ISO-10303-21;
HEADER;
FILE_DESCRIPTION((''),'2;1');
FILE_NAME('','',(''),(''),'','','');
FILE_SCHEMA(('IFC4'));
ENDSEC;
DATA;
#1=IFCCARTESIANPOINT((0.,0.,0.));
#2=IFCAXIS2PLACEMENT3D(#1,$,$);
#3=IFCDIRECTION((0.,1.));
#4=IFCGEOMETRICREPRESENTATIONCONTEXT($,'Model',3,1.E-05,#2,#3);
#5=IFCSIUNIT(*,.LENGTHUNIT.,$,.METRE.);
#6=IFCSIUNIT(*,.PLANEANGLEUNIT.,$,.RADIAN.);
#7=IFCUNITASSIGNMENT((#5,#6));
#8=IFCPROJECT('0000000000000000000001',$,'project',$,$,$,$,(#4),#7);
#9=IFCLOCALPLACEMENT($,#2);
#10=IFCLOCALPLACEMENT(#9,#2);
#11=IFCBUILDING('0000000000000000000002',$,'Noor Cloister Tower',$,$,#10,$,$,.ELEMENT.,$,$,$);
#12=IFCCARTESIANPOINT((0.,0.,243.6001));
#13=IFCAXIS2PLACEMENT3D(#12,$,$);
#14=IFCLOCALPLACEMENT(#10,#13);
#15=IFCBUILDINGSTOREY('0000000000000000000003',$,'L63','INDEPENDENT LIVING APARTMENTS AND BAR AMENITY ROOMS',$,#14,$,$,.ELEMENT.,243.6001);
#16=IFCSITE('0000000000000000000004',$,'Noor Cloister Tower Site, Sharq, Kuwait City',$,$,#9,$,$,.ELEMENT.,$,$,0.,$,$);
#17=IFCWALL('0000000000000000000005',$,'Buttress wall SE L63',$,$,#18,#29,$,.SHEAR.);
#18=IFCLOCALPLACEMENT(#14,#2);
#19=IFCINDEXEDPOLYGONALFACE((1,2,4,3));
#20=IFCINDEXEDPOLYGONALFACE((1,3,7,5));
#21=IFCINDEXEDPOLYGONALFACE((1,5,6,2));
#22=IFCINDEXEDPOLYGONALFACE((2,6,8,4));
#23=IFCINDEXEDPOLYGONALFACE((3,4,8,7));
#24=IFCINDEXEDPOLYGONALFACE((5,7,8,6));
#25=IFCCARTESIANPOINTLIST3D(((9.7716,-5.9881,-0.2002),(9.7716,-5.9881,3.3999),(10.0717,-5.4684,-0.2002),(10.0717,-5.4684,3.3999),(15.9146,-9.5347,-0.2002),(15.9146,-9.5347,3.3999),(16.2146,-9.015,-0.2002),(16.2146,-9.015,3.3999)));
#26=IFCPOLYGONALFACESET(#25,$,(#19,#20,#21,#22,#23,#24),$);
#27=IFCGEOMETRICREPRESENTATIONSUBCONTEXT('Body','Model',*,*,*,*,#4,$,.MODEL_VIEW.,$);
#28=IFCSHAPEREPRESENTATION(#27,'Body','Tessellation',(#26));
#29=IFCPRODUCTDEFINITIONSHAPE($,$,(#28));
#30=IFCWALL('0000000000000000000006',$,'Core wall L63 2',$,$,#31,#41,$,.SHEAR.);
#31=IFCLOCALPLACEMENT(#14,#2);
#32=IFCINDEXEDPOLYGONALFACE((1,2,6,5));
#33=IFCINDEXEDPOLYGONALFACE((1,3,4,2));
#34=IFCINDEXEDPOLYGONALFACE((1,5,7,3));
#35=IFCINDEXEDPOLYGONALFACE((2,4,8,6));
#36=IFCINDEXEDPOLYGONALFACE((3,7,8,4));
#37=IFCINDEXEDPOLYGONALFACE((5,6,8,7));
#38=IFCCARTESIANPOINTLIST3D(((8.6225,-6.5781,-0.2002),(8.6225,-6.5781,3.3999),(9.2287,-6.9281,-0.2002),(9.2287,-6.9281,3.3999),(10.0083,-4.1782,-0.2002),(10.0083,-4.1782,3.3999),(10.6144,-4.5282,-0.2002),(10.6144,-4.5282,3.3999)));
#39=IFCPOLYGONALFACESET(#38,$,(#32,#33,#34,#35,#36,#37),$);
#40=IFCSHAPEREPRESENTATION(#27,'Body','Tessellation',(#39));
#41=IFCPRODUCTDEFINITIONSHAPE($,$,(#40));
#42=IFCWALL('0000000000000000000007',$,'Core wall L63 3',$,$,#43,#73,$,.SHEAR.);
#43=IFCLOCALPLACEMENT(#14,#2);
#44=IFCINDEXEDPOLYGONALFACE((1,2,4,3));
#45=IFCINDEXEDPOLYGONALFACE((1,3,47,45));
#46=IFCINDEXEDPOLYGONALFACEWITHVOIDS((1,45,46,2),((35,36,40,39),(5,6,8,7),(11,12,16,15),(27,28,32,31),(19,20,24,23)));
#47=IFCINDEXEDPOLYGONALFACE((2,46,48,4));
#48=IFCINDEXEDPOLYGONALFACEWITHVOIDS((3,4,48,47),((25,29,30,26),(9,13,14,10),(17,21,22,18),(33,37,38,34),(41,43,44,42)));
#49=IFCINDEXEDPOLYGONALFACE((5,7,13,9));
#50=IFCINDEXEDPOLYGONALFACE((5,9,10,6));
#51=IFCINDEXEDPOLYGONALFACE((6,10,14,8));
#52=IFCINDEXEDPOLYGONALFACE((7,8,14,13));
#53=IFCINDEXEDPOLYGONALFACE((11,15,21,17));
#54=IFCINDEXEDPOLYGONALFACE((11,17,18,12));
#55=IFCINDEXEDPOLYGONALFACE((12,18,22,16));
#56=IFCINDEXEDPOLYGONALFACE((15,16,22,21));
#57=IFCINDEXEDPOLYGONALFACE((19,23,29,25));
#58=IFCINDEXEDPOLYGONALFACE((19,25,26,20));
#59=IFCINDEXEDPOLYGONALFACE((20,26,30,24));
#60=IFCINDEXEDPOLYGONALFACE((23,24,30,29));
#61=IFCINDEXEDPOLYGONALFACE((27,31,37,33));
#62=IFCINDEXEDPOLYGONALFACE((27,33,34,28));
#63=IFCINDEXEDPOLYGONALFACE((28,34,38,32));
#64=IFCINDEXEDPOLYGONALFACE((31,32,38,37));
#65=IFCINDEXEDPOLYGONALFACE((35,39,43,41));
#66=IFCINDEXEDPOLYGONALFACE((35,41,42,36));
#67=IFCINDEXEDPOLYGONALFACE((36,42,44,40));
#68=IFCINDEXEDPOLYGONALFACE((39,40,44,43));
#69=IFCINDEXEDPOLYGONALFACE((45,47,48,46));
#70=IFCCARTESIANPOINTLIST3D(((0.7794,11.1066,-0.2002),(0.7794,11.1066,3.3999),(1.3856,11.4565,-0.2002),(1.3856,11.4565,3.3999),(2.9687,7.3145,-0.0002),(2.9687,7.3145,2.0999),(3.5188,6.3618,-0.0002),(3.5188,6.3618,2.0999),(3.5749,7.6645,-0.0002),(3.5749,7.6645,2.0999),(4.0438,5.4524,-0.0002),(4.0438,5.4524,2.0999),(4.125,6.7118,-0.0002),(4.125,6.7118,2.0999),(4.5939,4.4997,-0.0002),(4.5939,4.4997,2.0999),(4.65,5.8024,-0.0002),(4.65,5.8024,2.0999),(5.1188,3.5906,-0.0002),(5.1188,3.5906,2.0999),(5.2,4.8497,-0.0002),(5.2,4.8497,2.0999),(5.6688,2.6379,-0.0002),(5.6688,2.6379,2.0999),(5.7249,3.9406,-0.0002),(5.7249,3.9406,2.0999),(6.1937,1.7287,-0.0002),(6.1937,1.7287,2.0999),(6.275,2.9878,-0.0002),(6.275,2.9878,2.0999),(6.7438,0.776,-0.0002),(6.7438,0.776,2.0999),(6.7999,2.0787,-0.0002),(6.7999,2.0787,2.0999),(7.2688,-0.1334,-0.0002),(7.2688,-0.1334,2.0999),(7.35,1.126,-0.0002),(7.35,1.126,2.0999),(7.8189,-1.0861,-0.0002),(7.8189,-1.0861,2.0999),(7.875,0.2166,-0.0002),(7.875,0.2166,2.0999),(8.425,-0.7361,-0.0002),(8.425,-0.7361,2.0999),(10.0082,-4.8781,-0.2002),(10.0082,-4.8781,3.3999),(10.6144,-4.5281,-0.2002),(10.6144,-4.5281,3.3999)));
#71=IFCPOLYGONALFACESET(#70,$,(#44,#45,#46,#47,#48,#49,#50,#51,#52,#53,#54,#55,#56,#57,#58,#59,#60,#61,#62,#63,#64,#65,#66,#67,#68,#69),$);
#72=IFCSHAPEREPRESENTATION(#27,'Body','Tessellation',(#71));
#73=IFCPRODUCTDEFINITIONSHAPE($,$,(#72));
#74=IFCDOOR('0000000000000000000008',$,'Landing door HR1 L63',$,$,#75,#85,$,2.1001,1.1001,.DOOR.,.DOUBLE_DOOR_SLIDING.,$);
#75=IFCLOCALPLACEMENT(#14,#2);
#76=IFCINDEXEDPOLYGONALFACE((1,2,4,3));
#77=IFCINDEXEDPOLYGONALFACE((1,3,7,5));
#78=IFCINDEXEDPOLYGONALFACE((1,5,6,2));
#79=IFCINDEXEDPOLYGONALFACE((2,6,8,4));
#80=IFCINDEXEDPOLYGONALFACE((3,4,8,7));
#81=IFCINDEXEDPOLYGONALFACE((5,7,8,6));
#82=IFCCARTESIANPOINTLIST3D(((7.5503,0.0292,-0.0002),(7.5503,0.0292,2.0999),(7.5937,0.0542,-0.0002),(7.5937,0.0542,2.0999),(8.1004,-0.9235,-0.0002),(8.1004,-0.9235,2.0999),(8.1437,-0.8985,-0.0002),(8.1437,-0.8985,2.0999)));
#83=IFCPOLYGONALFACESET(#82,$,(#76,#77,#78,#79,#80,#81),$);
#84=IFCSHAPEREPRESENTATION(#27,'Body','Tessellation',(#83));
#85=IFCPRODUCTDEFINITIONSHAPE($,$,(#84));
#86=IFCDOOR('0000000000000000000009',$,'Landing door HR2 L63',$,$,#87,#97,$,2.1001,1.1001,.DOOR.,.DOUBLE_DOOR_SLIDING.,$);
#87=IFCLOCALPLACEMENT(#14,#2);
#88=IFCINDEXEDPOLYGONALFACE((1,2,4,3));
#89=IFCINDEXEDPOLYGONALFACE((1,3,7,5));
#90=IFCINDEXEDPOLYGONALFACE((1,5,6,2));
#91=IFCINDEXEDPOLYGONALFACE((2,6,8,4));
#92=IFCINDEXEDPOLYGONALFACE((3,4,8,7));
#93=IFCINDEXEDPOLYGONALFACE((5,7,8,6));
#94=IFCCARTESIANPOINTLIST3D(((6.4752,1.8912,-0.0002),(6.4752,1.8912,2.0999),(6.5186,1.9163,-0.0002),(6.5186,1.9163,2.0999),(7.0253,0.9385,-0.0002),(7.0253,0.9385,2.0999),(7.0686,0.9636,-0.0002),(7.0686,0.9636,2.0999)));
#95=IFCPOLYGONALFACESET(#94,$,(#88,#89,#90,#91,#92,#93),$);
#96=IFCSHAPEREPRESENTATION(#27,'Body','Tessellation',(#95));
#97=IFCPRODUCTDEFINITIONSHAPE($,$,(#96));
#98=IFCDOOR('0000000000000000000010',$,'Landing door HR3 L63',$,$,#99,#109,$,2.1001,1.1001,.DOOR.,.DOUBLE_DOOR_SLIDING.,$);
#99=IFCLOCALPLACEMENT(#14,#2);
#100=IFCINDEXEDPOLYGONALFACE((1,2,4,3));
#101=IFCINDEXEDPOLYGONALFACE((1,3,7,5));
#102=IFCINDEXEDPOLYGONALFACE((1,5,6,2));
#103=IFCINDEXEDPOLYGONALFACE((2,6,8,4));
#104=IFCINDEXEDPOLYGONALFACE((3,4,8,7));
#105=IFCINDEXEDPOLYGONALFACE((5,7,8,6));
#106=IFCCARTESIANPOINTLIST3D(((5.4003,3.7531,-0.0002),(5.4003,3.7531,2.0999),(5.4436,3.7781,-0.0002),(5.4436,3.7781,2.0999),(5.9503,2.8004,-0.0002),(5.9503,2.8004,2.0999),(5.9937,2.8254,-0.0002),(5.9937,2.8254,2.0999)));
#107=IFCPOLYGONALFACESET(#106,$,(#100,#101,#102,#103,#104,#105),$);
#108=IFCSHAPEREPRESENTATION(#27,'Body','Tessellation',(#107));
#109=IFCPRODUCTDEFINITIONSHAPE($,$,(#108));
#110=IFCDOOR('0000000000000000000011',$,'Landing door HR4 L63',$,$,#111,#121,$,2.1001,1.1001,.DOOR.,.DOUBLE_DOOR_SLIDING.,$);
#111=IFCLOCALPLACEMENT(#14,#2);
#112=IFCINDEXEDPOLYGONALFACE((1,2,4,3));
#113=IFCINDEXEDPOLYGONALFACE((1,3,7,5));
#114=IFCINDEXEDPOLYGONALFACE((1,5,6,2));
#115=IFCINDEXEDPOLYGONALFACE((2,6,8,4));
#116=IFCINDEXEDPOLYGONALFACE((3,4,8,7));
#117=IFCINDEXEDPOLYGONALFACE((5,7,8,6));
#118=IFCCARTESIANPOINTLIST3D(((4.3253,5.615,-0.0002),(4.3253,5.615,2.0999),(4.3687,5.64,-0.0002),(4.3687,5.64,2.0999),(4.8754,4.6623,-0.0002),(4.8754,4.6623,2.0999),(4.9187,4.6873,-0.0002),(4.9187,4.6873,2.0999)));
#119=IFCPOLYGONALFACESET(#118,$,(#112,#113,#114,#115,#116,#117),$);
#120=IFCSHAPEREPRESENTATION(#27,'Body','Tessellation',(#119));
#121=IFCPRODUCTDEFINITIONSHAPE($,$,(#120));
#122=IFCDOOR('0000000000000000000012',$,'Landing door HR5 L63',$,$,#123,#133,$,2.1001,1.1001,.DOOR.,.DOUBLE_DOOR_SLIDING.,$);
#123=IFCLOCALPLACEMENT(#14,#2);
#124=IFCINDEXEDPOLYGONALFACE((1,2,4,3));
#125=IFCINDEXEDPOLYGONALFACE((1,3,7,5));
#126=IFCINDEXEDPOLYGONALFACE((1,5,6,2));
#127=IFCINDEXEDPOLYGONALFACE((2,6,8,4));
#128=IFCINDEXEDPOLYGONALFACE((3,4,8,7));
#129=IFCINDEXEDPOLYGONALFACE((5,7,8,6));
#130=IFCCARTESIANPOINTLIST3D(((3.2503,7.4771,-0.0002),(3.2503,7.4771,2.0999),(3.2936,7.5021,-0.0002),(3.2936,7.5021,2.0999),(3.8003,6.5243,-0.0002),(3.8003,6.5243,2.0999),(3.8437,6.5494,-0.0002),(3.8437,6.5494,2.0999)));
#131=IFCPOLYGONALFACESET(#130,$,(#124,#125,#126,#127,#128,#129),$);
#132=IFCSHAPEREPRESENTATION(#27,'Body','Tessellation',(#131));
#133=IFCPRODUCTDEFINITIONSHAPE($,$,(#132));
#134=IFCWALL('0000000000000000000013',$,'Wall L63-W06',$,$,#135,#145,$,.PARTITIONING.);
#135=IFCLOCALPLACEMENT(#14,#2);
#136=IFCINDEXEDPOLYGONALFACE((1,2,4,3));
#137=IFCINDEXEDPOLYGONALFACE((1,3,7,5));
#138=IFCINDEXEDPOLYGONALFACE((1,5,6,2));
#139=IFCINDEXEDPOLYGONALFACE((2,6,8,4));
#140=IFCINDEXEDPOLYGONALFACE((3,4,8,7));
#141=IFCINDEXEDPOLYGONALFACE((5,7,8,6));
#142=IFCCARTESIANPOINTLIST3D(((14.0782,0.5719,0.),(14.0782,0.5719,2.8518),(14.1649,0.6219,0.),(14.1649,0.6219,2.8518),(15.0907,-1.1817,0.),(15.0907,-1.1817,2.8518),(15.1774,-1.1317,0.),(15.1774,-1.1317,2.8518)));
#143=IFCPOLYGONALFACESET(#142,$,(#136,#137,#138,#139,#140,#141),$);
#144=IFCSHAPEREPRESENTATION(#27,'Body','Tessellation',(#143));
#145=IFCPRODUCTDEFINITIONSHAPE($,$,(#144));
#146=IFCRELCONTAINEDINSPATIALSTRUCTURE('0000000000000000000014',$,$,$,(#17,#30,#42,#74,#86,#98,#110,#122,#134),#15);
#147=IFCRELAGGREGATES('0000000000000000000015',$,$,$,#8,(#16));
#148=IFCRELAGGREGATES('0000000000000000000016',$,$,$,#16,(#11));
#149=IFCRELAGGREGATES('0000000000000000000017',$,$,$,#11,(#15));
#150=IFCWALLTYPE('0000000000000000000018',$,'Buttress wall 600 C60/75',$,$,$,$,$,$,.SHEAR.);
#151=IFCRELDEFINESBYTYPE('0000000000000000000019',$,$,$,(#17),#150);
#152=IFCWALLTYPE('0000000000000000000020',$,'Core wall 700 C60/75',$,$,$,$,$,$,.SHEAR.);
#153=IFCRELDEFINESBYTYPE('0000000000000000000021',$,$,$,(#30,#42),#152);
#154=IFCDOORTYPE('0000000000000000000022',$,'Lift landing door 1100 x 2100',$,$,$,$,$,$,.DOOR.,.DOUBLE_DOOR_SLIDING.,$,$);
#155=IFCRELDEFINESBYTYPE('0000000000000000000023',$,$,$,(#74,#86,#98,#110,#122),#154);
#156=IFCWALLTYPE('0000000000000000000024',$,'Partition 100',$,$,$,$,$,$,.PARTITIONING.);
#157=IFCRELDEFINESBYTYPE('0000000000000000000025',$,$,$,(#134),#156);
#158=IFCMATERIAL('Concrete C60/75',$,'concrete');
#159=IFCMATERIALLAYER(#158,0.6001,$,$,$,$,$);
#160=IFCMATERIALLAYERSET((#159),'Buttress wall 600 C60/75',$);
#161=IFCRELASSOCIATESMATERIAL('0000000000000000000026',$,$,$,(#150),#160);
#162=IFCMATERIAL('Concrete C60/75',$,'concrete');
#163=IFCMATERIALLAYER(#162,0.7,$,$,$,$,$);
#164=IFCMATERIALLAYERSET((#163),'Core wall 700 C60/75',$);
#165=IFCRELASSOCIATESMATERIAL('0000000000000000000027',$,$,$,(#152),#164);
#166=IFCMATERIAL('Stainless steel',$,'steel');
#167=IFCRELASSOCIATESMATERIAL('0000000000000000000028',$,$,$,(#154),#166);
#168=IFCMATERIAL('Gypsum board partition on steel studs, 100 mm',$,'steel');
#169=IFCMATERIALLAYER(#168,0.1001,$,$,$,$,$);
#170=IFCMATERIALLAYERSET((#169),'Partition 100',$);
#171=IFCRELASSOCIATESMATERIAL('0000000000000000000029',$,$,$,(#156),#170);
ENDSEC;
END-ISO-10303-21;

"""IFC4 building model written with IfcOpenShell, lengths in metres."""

from ifc_helpers import new_model, si_unit, direction, frame, frame_2d, origin, place, context, subcontext, project, spatial, rectangle, extrude, material, layer, layer_set, type_object, element, fill, save


model = new_model("IFC4")

# Units and contexts
model_context = context("Model", 3, precision=1e-05, world=origin(), true_north=direction((0.0, 1.0)))
body_context = subcontext(model_context, "Body", "Model", "MODEL_VIEW")
ifc_project = project(units=[si_unit("LENGTHUNIT", "METRE"), si_unit("PLANEANGLEUNIT", "RADIAN")], contexts=[model_context])

# Site, building, storey
site_placement = place(None, origin())
site = spatial("IfcSite", under=ifc_project, at=site_placement, Name="Noor Cloister Tower Site, Sharq, Kuwait City", CompositionType="ELEMENT", RefElevation=0.0)
building_placement = place(site_placement, origin())
building = spatial("IfcBuilding", under=site, at=building_placement, Name="Noor Cloister Tower", CompositionType="ELEMENT")
storey_placement = place(building_placement, frame((0.0, 0.0, 243.6001)))
storey = spatial("IfcBuildingStorey", under=building, at=storey_placement, Name="L63", Description="INDEPENDENT LIVING APARTMENTS AND BAR AMENITY ROOMS", CompositionType="ELEMENT", Elevation=243.6001)

# Walls
ifc_material_1 = material(Name="Concrete C60/75", Category="concrete")
ifc_layer_1 = layer(ifc_material_1, 0.6001)
ifc_layer_set_1 = layer_set([ifc_layer_1], Name="Buttress wall 600 C60/75")
wall_type_1 = type_object("IfcWallType", Name="Buttress wall 600 C60/75", PredefinedType="SHEAR", material=ifc_layer_set_1)
wall_1_placement = place(storey_placement, frame((9.9216, -5.7283, -0.2002), z_axis=(0.0, 0.0, 1.0), x_axis=(0.86603, -0.499993, 0.0)))
element("IfcWall", 1, at=wall_1_placement, inside=storey, type_object=wall_type_1, Name="Buttress wall SE L63", PredefinedType="SHEAR", context=body_context, shape_type="SweptSolid", body=[
    extrude(rectangle(XDim=7.0933, YDim=0.6001, at=frame_2d((3.5466, 0.0))), origin(), (0.0, 0.0, 1.0), 3.6001),
])
ifc_material_2 = material(Name="Concrete C60/75", Category="concrete")
ifc_layer_2 = layer(ifc_material_2, 0.7)
ifc_layer_set_2 = layer_set([ifc_layer_2], Name="Core wall 700 C60/75")
wall_type_2 = type_object("IfcWallType", Name="Core wall 700 C60/75", PredefinedType="SHEAR", material=ifc_layer_set_2)
wall_2_placement = place(storey_placement, frame((8.9255, -6.7532, -0.2002), z_axis=(0.0, 0.0, 1.0), x_axis=(0.500043, 0.866001, 0.0)))
element("IfcWall", 2, at=wall_2_placement, inside=storey, type_object=wall_type_2, Name="Core wall L63 2", PredefinedType="SHEAR", context=body_context, shape_type="SweptSolid", body=[
    extrude(rectangle(XDim=2.7712, YDim=0.7, at=frame_2d((1.3857, 0.0))), origin(), (0.0, 0.0, 1.0), 3.6001),
])

# Wall, openings, doors
wall_3_placement = place(storey_placement, frame((10.3113, -4.7031, -0.2002), z_axis=(0.0, 0.0, 1.0), x_axis=(-0.500001, 0.866025, 0.0)))
wall_3 = element("IfcWall", 3, at=wall_3_placement, inside=storey, type_object=wall_type_2, Name="Core wall L63 3", PredefinedType="SHEAR", context=body_context, shape_type="SweptSolid", body=[
    extrude(rectangle(XDim=18.4575, YDim=0.7, at=frame_2d((9.2288, 0.0))), origin(), (0.0, 0.0, 1.0), 3.6001),
])
opening_1_placement = place(wall_3_placement, frame((4.3787, 0.0, 0.2)))
opening_1 = element("IfcOpeningElement", 4, at=opening_1_placement, cuts=wall_3, PredefinedType="OPENING", context=body_context, shape_type="SweptSolid", body=[
    extrude(rectangle(XDim=1.1001, YDim=2.1001, at=frame_2d((0.55, 1.05))), frame((0.0, 0.3599, 0.0), z_axis=(0.0, -1.0, 0.0), x_axis=(1.0, 0.0, 0.0)), (0.0, 0.0, 1.0), 0.72),
])
opening_2_placement = place(wall_3_placement, frame((6.5288, 0.0, 0.2)))
opening_2 = element("IfcOpeningElement", 5, at=opening_2_placement, cuts=wall_3, PredefinedType="OPENING", context=body_context, shape_type="SweptSolid", body=[
    extrude(rectangle(XDim=1.1001, YDim=2.1001, at=frame_2d((0.55, 1.05))), frame((0.0, 0.3599, 0.0), z_axis=(0.0, -1.0, 0.0), x_axis=(1.0, 0.0, 0.0)), (0.0, 0.0, 1.0), 0.72),
])
opening_3_placement = place(wall_3_placement, frame((8.6787, 0.0, 0.2)))
opening_3 = element("IfcOpeningElement", 6, at=opening_3_placement, cuts=wall_3, PredefinedType="OPENING", context=body_context, shape_type="SweptSolid", body=[
    extrude(rectangle(XDim=1.1001, YDim=2.1001, at=frame_2d((0.55, 1.05))), frame((0.0, 0.3599, 0.0), z_axis=(0.0, -1.0, 0.0), x_axis=(1.0, 0.0, 0.0)), (0.0, 0.0, 1.0), 0.72),
])
opening_4_placement = place(wall_3_placement, frame((10.8286, 0.0, 0.2)))
opening_4 = element("IfcOpeningElement", 7, at=opening_4_placement, cuts=wall_3, PredefinedType="OPENING", context=body_context, shape_type="SweptSolid", body=[
    extrude(rectangle(XDim=1.1001, YDim=2.1001, at=frame_2d((0.55, 1.05))), frame((0.0, 0.3599, 0.0), z_axis=(0.0, -1.0, 0.0), x_axis=(1.0, 0.0, 0.0)), (0.0, 0.0, 1.0), 0.72),
])
opening_5_placement = place(wall_3_placement, frame((12.9788, 0.0, 0.2)))
opening_5 = element("IfcOpeningElement", 8, at=opening_5_placement, cuts=wall_3, PredefinedType="OPENING", context=body_context, shape_type="SweptSolid", body=[
    extrude(rectangle(XDim=1.1001, YDim=2.1001, at=frame_2d((0.55, 1.05))), frame((0.0, 0.3599, 0.0), z_axis=(0.0, -1.0, 0.0), x_axis=(1.0, 0.0, 0.0)), (0.0, 0.0, 1.0), 0.72),
])
ifc_material_3 = material(Name="Stainless steel", Category="steel")
door_type_1 = type_object("IfcDoorType", Name="Lift landing door 1100 x 2100", OperationType="DOUBLE_DOOR_SLIDING", PredefinedType="DOOR", material=ifc_material_3)
door_1_placement = place(opening_1_placement, origin())
door_1 = element("IfcDoor", 9, at=door_1_placement, inside=storey, type_object=door_type_1, Name="Landing door HR1 L63", OperationType="DOUBLE_DOOR_SLIDING", OverallHeight=2.1001, OverallWidth=1.1001, PredefinedType="DOOR", context=body_context, shape_type="SweptSolid", body=[
    extrude(rectangle(XDim=1.1001, YDim=2.1001, at=frame_2d((0.55, 1.05))), frame((0.0, 0.0249, 0.0), z_axis=(0.0, -1.0, 0.0), x_axis=(1.0, 0.0, 0.0)), (0.0, 0.0, 1.0), 0.05),
])
fill(opening_1, door_1)
door_2_placement = place(opening_2_placement, origin())
door_2 = element("IfcDoor", 10, at=door_2_placement, inside=storey, type_object=door_type_1, Name="Landing door HR2 L63", OperationType="DOUBLE_DOOR_SLIDING", OverallHeight=2.1001, OverallWidth=1.1001, PredefinedType="DOOR", context=body_context, shape_type="SweptSolid", body=[
    extrude(rectangle(XDim=1.1001, YDim=2.1001, at=frame_2d((0.55, 1.05))), frame((0.0, 0.0249, 0.0), z_axis=(0.0, -1.0, 0.0), x_axis=(1.0, 0.0, 0.0)), (0.0, 0.0, 1.0), 0.05),
])
fill(opening_2, door_2)
door_3_placement = place(opening_3_placement, origin())
door_3 = element("IfcDoor", 11, at=door_3_placement, inside=storey, type_object=door_type_1, Name="Landing door HR3 L63", OperationType="DOUBLE_DOOR_SLIDING", OverallHeight=2.1001, OverallWidth=1.1001, PredefinedType="DOOR", context=body_context, shape_type="SweptSolid", body=[
    extrude(rectangle(XDim=1.1001, YDim=2.1001, at=frame_2d((0.55, 1.05))), frame((0.0, 0.0249, 0.0), z_axis=(0.0, -1.0, 0.0), x_axis=(1.0, 0.0, 0.0)), (0.0, 0.0, 1.0), 0.05),
])
fill(opening_3, door_3)
door_4_placement = place(opening_4_placement, origin())
door_4 = element("IfcDoor", 12, at=door_4_placement, inside=storey, type_object=door_type_1, Name="Landing door HR4 L63", OperationType="DOUBLE_DOOR_SLIDING", OverallHeight=2.1001, OverallWidth=1.1001, PredefinedType="DOOR", context=body_context, shape_type="SweptSolid", body=[
    extrude(rectangle(XDim=1.1001, YDim=2.1001, at=frame_2d((0.55, 1.05))), frame((0.0, 0.0249, 0.0), z_axis=(0.0, -1.0, 0.0), x_axis=(1.0, 0.0, 0.0)), (0.0, 0.0, 1.0), 0.05),
])
fill(opening_4, door_4)
door_5_placement = place(opening_5_placement, origin())
door_5 = element("IfcDoor", 13, at=door_5_placement, inside=storey, type_object=door_type_1, Name="Landing door HR5 L63", OperationType="DOUBLE_DOOR_SLIDING", OverallHeight=2.1001, OverallWidth=1.1001, PredefinedType="DOOR", context=body_context, shape_type="SweptSolid", body=[
    extrude(rectangle(XDim=1.1001, YDim=2.1001, at=frame_2d((0.55, 1.05))), frame((0.0, 0.0249, 0.0), z_axis=(0.0, -1.0, 0.0), x_axis=(1.0, 0.0, 0.0)), (0.0, 0.0, 1.0), 0.05),
])
fill(opening_5, door_5)

# Wall
ifc_material_4 = material(Name="Gypsum board partition on steel studs, 100 mm", Category="steel")
ifc_layer_3 = layer(ifc_material_4, 0.1001)
ifc_layer_set_3 = layer_set([ifc_layer_3], Name="Partition 100")
wall_type_3 = type_object("IfcWallType", Name="Partition 100", PredefinedType="PARTITIONING", material=ifc_layer_set_3)
wall_4_placement = place(storey_placement, frame((14.1216, 0.5969, 0.0), z_axis=(0.0, 0.0, 1.0), x_axis=(0.49999, -0.866031, 0.0)))
element("IfcWall", 14, at=wall_4_placement, inside=storey, type_object=wall_type_3, Name="Wall L63-W06", PredefinedType="PARTITIONING", context=body_context, shape_type="SweptSolid", body=[
    extrude(rectangle(XDim=2.0249, YDim=0.1001, at=frame_2d((1.0125, 0.0))), origin(), (0.0, 0.0, 1.0), 2.8518),
])

save(model, "model.ifc")
